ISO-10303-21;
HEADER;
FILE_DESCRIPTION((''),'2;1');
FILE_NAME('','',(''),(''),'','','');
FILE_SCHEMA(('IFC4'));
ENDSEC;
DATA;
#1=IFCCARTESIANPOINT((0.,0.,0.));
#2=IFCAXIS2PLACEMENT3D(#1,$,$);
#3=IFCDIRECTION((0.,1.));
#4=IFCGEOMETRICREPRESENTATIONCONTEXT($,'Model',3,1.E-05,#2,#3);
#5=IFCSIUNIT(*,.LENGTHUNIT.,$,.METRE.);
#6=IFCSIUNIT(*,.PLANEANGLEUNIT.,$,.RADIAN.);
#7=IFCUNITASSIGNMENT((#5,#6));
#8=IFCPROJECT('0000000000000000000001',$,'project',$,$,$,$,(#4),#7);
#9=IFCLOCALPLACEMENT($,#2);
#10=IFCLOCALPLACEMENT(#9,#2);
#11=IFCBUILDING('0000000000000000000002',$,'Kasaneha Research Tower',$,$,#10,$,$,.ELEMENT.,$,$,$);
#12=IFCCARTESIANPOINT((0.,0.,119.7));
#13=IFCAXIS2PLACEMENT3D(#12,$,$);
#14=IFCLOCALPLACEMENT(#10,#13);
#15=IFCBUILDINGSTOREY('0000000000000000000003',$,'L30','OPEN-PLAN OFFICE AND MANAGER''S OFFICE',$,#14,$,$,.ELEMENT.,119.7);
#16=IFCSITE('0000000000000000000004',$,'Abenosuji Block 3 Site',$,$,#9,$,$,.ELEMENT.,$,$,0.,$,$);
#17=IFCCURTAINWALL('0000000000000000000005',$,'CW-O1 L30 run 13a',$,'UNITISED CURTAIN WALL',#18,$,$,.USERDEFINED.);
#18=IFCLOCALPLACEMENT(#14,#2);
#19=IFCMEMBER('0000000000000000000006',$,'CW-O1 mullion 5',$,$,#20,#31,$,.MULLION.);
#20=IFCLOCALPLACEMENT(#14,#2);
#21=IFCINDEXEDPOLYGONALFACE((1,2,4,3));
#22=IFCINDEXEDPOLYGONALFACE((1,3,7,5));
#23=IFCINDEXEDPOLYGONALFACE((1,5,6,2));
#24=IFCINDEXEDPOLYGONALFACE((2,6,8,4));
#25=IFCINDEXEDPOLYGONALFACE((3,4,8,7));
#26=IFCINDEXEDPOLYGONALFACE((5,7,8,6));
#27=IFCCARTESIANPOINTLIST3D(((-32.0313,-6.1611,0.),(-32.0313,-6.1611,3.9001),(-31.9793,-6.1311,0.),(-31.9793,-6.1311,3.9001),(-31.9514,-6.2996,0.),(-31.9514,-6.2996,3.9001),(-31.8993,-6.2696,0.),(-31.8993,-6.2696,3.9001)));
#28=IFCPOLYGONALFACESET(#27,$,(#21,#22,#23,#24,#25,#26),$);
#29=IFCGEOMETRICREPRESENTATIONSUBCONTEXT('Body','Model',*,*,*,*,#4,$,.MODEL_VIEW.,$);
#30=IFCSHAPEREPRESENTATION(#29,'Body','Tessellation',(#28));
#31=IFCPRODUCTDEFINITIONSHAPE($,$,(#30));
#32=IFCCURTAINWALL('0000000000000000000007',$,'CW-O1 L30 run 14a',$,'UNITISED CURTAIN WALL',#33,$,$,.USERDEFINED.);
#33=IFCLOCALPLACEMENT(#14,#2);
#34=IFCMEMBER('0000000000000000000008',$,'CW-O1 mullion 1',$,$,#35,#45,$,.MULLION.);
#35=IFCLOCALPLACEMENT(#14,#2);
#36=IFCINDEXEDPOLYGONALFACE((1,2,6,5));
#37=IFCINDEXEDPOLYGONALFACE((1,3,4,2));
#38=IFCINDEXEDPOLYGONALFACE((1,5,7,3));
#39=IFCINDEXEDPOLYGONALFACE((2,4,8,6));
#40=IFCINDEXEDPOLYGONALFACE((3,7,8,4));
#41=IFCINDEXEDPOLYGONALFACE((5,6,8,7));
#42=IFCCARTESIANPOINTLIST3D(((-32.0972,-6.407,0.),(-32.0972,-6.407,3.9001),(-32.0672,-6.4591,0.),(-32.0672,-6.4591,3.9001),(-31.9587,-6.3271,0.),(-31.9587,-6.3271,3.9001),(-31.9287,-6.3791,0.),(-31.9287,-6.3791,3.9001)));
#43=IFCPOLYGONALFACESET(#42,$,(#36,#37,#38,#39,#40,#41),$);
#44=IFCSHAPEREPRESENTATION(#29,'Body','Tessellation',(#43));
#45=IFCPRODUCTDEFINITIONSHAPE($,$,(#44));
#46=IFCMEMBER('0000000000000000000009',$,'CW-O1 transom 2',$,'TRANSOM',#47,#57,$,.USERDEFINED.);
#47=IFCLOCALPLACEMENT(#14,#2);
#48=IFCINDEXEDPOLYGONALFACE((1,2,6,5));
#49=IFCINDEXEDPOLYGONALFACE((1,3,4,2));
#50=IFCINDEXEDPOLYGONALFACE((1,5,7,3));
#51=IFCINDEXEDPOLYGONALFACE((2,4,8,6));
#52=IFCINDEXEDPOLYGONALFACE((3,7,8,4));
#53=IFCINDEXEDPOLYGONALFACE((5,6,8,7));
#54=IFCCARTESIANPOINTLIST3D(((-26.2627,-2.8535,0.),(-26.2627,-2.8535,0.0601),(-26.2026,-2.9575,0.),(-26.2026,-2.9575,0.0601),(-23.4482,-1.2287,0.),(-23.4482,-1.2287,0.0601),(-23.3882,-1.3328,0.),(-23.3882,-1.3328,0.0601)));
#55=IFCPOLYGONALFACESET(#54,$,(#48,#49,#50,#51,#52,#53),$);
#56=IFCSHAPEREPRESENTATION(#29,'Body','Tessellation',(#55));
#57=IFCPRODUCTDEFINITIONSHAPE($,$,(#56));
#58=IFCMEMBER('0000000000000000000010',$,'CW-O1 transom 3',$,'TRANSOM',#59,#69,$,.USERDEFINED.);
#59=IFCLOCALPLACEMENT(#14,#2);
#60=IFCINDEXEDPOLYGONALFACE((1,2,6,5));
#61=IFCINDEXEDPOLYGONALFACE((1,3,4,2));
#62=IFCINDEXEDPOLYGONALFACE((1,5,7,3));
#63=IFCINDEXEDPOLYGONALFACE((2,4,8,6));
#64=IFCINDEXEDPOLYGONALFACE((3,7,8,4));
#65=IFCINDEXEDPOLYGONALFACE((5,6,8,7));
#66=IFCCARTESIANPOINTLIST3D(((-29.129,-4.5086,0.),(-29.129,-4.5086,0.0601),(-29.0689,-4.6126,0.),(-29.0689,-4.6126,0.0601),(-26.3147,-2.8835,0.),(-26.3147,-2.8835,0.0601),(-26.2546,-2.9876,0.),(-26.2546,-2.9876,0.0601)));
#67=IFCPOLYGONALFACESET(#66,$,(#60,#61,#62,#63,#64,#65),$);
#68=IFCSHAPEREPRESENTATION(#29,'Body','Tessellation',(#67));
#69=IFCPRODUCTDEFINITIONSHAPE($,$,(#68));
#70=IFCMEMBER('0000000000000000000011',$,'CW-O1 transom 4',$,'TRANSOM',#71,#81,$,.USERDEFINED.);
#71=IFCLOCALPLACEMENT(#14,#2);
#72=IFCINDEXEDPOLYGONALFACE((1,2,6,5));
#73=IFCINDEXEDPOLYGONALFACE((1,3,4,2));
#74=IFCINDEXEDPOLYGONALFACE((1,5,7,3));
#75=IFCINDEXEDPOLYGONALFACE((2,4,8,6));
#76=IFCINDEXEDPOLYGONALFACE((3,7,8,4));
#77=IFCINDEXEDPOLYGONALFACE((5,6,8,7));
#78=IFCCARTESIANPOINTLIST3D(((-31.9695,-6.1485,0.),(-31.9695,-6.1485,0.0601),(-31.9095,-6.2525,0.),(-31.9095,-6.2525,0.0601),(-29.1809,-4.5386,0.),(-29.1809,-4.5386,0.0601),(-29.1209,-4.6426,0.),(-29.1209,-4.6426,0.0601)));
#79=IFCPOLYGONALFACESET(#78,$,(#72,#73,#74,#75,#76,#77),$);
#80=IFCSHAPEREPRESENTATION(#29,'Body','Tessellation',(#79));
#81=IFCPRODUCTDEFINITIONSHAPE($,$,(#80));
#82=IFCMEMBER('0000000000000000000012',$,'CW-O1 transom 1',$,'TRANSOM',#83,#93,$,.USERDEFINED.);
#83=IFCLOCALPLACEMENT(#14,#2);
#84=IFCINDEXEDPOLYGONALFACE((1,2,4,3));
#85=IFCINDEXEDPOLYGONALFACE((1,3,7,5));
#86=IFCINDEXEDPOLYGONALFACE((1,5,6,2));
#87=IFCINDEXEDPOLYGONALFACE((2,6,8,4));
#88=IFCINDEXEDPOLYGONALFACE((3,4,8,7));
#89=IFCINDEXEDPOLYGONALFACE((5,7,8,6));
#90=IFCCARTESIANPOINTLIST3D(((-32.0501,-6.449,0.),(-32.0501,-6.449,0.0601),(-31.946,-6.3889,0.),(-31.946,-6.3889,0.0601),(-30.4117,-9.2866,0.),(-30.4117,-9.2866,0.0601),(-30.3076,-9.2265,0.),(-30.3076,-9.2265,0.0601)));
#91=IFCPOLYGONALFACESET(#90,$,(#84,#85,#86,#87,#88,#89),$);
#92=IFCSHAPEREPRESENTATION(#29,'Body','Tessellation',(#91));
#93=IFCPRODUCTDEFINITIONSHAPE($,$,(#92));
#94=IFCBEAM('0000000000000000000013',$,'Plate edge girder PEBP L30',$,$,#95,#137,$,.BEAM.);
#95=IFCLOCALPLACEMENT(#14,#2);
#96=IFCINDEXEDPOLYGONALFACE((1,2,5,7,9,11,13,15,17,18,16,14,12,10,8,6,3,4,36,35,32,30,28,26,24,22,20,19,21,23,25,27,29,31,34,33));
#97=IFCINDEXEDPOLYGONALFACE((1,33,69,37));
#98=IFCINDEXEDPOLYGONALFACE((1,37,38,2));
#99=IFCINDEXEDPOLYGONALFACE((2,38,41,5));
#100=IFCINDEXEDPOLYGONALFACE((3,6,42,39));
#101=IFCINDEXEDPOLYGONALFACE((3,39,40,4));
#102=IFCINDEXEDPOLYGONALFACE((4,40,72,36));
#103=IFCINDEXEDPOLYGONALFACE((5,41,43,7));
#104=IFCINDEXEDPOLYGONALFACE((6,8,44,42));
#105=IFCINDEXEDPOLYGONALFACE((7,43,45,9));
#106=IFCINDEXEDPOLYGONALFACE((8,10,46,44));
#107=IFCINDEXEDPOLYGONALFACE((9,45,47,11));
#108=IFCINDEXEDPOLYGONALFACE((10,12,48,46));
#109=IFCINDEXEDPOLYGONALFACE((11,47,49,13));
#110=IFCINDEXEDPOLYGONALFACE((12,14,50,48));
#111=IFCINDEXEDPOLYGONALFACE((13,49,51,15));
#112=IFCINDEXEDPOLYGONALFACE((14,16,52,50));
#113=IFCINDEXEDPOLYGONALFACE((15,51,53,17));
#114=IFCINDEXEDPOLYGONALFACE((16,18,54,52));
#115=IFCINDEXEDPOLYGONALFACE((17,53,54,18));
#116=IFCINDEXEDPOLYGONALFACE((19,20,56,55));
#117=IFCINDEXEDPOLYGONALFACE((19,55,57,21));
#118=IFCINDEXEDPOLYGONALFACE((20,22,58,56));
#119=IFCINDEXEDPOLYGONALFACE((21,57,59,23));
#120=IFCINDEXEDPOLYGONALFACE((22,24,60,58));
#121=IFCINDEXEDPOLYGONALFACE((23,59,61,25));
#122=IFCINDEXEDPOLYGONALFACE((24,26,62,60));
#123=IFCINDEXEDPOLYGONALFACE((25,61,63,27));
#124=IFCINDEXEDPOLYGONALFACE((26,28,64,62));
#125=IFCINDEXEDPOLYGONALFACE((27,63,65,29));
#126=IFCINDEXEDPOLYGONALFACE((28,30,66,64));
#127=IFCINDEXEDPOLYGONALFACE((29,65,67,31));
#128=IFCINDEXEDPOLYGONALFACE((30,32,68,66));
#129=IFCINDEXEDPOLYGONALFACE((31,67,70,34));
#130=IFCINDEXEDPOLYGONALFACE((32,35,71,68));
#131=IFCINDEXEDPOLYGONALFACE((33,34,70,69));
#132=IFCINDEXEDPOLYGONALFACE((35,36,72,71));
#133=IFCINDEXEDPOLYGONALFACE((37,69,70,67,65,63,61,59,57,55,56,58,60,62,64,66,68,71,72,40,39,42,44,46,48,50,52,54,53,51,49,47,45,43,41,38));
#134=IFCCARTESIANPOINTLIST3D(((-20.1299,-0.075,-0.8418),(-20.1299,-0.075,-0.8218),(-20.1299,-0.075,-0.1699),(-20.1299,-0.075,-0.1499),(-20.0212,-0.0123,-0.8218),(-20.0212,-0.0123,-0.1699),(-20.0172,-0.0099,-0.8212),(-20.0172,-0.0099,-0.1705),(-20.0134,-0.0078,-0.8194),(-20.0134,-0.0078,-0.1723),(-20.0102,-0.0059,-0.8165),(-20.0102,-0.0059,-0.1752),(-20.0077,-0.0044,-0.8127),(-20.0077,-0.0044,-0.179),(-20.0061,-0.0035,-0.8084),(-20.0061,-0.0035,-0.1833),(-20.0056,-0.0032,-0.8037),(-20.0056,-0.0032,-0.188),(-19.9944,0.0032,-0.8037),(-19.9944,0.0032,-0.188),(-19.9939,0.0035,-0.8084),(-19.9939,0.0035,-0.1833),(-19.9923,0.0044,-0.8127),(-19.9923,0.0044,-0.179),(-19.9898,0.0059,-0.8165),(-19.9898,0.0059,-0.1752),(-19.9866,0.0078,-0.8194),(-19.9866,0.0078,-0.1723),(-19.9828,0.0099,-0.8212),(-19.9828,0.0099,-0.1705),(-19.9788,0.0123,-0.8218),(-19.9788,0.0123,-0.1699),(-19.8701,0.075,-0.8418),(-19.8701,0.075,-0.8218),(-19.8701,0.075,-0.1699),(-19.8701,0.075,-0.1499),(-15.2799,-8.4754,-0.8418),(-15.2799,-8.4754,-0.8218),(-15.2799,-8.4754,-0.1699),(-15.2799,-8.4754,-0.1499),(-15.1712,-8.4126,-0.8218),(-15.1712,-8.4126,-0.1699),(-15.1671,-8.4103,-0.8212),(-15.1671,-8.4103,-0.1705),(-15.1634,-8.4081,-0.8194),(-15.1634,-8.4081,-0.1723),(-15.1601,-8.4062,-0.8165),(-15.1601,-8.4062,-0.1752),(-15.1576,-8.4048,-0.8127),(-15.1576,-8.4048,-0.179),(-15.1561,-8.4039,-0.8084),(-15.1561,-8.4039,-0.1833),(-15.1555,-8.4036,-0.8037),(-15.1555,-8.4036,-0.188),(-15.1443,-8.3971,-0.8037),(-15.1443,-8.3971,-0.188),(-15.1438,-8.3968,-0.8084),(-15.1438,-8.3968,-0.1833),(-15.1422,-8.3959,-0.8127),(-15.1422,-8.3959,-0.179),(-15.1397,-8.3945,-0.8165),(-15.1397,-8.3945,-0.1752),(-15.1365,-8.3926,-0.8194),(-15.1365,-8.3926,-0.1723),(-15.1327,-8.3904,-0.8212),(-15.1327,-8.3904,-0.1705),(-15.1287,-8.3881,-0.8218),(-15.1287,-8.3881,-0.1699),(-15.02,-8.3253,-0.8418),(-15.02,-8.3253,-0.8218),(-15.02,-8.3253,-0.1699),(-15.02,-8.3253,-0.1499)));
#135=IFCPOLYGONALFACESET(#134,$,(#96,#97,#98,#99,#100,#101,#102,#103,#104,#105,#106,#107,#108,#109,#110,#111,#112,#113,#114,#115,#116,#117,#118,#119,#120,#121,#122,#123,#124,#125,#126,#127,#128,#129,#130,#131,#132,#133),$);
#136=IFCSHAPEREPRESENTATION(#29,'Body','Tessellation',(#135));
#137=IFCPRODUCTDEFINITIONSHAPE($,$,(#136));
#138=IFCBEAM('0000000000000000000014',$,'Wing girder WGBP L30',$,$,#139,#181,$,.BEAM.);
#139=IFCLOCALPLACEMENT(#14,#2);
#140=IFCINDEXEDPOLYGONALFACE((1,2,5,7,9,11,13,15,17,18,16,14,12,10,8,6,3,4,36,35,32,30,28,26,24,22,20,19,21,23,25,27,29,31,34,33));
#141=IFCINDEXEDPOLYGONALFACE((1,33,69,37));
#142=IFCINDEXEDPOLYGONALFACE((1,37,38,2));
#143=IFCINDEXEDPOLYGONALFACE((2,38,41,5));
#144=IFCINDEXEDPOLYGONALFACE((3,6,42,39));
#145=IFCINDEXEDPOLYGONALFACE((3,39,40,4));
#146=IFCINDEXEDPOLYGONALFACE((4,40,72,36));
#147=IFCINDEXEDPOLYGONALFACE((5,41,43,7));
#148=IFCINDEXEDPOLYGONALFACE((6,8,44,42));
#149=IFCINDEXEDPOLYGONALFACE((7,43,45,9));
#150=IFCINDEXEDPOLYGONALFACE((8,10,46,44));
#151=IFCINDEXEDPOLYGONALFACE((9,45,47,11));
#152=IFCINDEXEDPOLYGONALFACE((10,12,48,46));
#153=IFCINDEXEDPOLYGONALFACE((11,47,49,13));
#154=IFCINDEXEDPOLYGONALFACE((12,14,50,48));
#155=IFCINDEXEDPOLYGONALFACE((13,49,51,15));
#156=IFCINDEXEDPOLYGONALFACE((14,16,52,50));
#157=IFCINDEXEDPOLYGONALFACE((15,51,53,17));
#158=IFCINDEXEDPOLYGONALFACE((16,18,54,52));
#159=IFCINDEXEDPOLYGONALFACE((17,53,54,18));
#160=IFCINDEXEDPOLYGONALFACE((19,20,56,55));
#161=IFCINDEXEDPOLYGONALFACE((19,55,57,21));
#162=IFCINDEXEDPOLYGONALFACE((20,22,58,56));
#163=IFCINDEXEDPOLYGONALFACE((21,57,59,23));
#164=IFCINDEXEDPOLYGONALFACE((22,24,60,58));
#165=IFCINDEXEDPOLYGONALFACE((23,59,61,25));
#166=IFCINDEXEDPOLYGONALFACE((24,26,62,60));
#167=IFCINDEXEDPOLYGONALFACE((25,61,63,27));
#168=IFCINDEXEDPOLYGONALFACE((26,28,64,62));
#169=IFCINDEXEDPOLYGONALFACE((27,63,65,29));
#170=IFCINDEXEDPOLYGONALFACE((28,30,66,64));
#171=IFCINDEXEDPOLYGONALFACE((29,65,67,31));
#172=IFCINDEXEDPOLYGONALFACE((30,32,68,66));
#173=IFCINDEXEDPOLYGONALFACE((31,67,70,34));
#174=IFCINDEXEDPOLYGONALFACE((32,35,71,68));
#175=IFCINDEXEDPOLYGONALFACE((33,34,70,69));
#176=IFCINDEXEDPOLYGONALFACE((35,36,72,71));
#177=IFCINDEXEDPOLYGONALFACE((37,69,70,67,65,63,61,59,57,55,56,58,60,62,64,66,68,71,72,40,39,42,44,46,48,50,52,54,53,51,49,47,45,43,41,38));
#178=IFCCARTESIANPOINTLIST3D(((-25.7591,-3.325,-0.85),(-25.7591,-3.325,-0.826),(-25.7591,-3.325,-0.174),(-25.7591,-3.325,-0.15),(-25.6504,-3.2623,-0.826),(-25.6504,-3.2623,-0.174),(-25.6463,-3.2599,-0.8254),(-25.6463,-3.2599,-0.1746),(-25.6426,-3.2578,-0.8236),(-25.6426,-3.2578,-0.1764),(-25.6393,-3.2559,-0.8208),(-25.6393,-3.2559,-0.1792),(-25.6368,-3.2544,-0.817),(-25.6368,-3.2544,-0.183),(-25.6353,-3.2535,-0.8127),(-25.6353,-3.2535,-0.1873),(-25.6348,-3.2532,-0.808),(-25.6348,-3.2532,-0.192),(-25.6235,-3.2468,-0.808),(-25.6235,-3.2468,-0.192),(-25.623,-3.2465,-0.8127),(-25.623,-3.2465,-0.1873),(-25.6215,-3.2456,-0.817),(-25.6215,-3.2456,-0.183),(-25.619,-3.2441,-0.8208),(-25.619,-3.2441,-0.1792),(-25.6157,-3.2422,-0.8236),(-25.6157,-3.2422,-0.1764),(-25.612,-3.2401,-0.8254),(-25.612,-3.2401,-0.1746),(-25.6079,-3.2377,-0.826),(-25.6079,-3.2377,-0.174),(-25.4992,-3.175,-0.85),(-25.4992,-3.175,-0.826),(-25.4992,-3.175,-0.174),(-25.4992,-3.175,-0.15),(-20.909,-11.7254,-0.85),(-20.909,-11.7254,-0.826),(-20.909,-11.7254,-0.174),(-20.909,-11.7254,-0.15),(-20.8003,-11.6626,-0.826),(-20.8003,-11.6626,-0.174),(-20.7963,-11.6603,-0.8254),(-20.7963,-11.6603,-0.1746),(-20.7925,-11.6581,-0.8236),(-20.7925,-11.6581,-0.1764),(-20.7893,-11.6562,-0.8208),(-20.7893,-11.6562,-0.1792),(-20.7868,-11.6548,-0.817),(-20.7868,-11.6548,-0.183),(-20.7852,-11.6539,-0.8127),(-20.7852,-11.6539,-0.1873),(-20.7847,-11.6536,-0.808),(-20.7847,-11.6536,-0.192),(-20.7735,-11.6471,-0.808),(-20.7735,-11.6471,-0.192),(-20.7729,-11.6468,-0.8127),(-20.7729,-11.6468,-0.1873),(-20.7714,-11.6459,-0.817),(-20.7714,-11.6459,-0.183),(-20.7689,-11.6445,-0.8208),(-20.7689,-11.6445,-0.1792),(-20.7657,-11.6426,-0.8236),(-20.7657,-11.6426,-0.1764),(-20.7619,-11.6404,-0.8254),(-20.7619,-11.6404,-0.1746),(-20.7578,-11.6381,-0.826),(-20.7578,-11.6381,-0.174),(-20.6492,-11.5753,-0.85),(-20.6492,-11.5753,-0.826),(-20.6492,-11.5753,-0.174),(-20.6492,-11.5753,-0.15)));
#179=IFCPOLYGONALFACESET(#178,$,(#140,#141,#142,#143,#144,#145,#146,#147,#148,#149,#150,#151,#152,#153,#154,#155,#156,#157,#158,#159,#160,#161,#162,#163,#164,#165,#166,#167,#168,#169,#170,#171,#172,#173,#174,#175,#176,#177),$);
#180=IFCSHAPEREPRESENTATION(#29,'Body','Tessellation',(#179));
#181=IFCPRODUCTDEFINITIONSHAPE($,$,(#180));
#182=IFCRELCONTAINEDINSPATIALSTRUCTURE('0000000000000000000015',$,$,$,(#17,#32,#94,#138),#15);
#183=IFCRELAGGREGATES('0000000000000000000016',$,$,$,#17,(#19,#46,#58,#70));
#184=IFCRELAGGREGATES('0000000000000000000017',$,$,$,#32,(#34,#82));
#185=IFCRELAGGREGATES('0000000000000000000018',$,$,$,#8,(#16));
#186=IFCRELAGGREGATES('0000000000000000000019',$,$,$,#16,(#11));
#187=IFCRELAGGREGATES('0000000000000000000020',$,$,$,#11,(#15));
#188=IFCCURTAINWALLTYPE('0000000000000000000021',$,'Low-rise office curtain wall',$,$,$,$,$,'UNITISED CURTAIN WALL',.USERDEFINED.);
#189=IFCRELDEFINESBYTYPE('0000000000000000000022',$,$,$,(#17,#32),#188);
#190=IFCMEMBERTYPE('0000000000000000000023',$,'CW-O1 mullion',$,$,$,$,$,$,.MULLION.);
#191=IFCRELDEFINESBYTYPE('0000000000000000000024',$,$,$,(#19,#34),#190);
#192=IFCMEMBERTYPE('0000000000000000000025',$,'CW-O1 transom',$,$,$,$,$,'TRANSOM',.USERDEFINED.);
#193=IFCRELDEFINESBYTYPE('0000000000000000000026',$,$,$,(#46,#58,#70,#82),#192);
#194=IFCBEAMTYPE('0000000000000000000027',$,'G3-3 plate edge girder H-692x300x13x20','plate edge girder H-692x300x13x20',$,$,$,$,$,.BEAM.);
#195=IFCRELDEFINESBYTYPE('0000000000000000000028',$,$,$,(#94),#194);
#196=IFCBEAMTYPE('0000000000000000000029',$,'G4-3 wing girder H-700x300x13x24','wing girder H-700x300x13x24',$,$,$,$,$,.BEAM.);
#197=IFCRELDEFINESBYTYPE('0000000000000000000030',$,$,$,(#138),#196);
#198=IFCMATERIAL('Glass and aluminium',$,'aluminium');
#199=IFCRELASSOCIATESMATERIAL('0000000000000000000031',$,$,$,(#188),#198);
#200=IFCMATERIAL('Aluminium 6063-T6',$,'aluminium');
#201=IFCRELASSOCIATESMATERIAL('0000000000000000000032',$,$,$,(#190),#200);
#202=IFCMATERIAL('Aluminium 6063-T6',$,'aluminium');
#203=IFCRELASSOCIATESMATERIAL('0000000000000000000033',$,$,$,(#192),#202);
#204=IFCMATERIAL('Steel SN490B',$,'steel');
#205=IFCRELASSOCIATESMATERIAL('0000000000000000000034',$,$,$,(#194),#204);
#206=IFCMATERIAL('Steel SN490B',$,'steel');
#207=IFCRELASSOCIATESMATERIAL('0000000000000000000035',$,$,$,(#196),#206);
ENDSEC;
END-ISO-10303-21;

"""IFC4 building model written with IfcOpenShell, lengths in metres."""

from ifc_helpers import new_model, si_unit, direction, frame, origin, origin_2d, place, context, subcontext, project, spatial, rectangle, i_section, extrude, material, material_profile, profile_set, type_object, element, aggregate, save


model = new_model("IFC4")

# Units and contexts
model_context = context("Model", 3, precision=1e-05, world=origin(), true_north=direction((0.0, 1.0)))
body_context = subcontext(model_context, "Body", "Model", "MODEL_VIEW")
ifc_project = project(units=[si_unit("LENGTHUNIT", "METRE"), si_unit("PLANEANGLEUNIT", "RADIAN")], contexts=[model_context])

# Site, building, storey
site_placement = place(None, origin())
site = spatial("IfcSite", under=ifc_project, at=site_placement, Name="Abenosuji Block 3 Site", CompositionType="ELEMENT", RefElevation=0.0)
building_placement = place(site_placement, origin())
building = spatial("IfcBuilding", under=site, at=building_placement, Name="Kasaneha Research Tower", CompositionType="ELEMENT")
storey_placement = place(building_placement, frame((0.0, 0.0, 119.7)))
storey = spatial("IfcBuildingStorey", under=building, at=storey_placement, Name="L30", Description="OPEN-PLAN OFFICE AND MANAGER'S OFFICE", CompositionType="ELEMENT", Elevation=119.7)

# Curtain wall, member
ifc_material_1 = material(Name="Glass and aluminium", Category="aluminium")
curtain_wall_type = type_object("IfcCurtainWallType", Name="Low-rise office curtain wall", ElementType="UNITISED CURTAIN WALL", PredefinedType="USERDEFINED", material=ifc_material_1)
curtain_wall_1_placement = place(storey_placement, origin())
curtain_wall_1 = element("IfcCurtainWall", 1, at=curtain_wall_1_placement, inside=storey, type_object=curtain_wall_type, Name="CW-O1 L30 run 13a", ObjectType="UNITISED CURTAIN WALL", PredefinedType="USERDEFINED")
ifc_material_2 = material(Name="Aluminium 6063-T6", Category="aluminium")
ifc_material_profile_1 = material_profile(ifc_material_2, rectangle(XDim=0.0601, YDim=0.1599, at=origin_2d()), Name="CW-O1 mullion 60x160")
ifc_profile_set_1 = profile_set([ifc_material_profile_1], Name="Aluminium 6063-T6")
member_type_1 = type_object("IfcMemberType", Name="CW-O1 mullion", PredefinedType="MULLION", material=ifc_profile_set_1)
member_1_placement = place(storey_placement, frame((-31.9653, -6.2153, 0.0), z_axis=(0.0, 0.0, 1.0), x_axis=(-0.866025, -0.5, 0.0)))
member_1 = element("IfcMember", 2, at=member_1_placement, type_object=member_type_1, Name="CW-O1 mullion 5", PredefinedType="MULLION", context=body_context, shape_type="SweptSolid", body=[
    extrude(rectangle(XDim=0.0601, YDim=0.1599, at=origin_2d()), origin(), (0.0, 0.0, 1.0), 3.9001),
])

# Curtain wall, member
curtain_wall_2_placement = place(storey_placement, origin())
curtain_wall_2 = element("IfcCurtainWall", 3, at=curtain_wall_2_placement, inside=storey, type_object=curtain_wall_type, Name="CW-O1 L30 run 14a", ObjectType="UNITISED CURTAIN WALL", PredefinedType="USERDEFINED")
member_2_placement = place(storey_placement, frame((-32.0129, -6.3931, 0.0), z_axis=(0.0, 0.0, 1.0), x_axis=(0.5, -0.866025, 0.0)))
member_2 = element("IfcMember", 4, at=member_2_placement, type_object=member_type_1, Name="CW-O1 mullion 1", PredefinedType="MULLION", context=body_context, shape_type="SweptSolid", body=[
    extrude(rectangle(XDim=0.0601, YDim=0.1599, at=origin_2d()), origin(), (0.0, 0.0, 1.0), 3.9001),
])

# Members
ifc_material_3 = material(Name="Aluminium 6063-T6", Category="aluminium")
ifc_material_profile_2 = material_profile(ifc_material_3, rectangle(XDim=0.1201, YDim=0.0601, at=origin_2d()), Name="CW-O1 transom 120x60")
ifc_profile_set_2 = profile_set([ifc_material_profile_2], Name="Aluminium 6063-T6")
member_type_2 = type_object("IfcMemberType", Name="CW-O1 transom", ElementType="TRANSOM", PredefinedType="USERDEFINED", material=ifc_profile_set_2)
member_3_placement = place(storey_placement, frame((-23.4182, -1.2808, 0.03), z_axis=(-0.866048, -0.499961, 0.0), x_axis=(0.499961, -0.866048, 0.0)))
member_3 = element("IfcMember", 5, at=member_3_placement, type_object=member_type_2, Name="CW-O1 transom 2", ObjectType="TRANSOM", PredefinedType="USERDEFINED", context=body_context, shape_type="SweptSolid", body=[
    extrude(rectangle(XDim=0.1201, YDim=0.0601, at=origin_2d()), origin(), (0.0, 0.0, 1.0), 3.2498),
])
member_4_placement = place(storey_placement, frame((-26.2847, -2.9355, 0.03), z_axis=(-0.865997, -0.50005, 0.0), x_axis=(0.50005, -0.865997, 0.0)))
member_4 = element("IfcMember", 6, at=member_4_placement, type_object=member_type_2, Name="CW-O1 transom 3", ObjectType="TRANSOM", PredefinedType="USERDEFINED", context=body_context, shape_type="SweptSolid", body=[
    extrude(rectangle(XDim=0.1201, YDim=0.0601, at=origin_2d()), origin(), (0.0, 0.0, 1.0), 3.2498),
])
member_5_placement = place(storey_placement, frame((-29.1509, -4.5906, 0.03), z_axis=(-0.866042, -0.499972, 0.0), x_axis=(0.499972, -0.866042, 0.0)))
member_5 = element("IfcMember", 7, at=member_5_placement, type_object=member_type_2, Name="CW-O1 transom 4", ObjectType="TRANSOM", PredefinedType="USERDEFINED", context=body_context, shape_type="SweptSolid", body=[
    extrude(rectangle(XDim=0.1201, YDim=0.0601, at=origin_2d()), origin(), (0.0, 0.0, 1.0), 3.22),
])
member_6_placement = place(storey_placement, frame((-31.998, -6.4189, 0.03), z_axis=(0.500026, -0.866011, 0.0), x_axis=(0.866011, 0.500026, 0.0)))
member_6 = element("IfcMember", 8, at=member_6_placement, type_object=member_type_2, Name="CW-O1 transom 1", ObjectType="TRANSOM", PredefinedType="USERDEFINED", context=body_context, shape_type="SweptSolid", body=[
    extrude(rectangle(XDim=0.1201, YDim=0.0601, at=origin_2d()), origin(), (0.0, 0.0, 1.0), 3.2766),
])

# Beams
ifc_material_4 = material(Name="Steel SN490B", Category="steel")
ifc_material_profile_3 = material_profile(ifc_material_4, i_section(OverallWidth=0.3, OverallDepth=0.6919, WebThickness=0.0129, FlangeThickness=0.02, FilletRadius=0.0181, at=origin_2d()), Name="H-692x300x13x20")
ifc_profile_set_3 = profile_set([ifc_material_profile_3], Name="Steel SN490B")
beam_type_1 = type_object("IfcBeamType", Name="G3-3 plate edge girder H-692x300x13x20", Description="plate edge girder H-692x300x13x20", PredefinedType="BEAM", material=ifc_profile_set_3)
beam_1_placement = place(storey_placement, frame((-20.0, 0.0, -0.4958), z_axis=(0.50001, -0.86602, 0.0), x_axis=(0.86602, 0.50001, 0.0)))
element("IfcBeam", 9, at=beam_1_placement, inside=storey, type_object=beam_type_1, Name="Plate edge girder PEBP L30", PredefinedType="BEAM", context=body_context, shape_type="SweptSolid", body=[
    extrude(i_section(OverallWidth=0.3, OverallDepth=0.6919, WebThickness=0.0129, FlangeThickness=0.02, FilletRadius=0.0181, at=origin_2d()), origin(), (0.0, 0.0, 1.0), 9.7),
])
ifc_material_5 = material(Name="Steel SN490B", Category="steel")
ifc_material_profile_4 = material_profile(ifc_material_5, i_section(OverallWidth=0.3, OverallDepth=0.7, WebThickness=0.0129, FlangeThickness=0.0239, FilletRadius=0.0181, at=origin_2d()), Name="H-700x300x13x24")
ifc_profile_set_4 = profile_set([ifc_material_profile_4], Name="Steel SN490B")
beam_type_2 = type_object("IfcBeamType", Name="G4-3 wing girder H-700x300x13x24", Description="wing girder H-700x300x13x24", PredefinedType="BEAM", material=ifc_profile_set_4)
beam_2_placement = place(storey_placement, frame((-25.6292, -3.25, -0.5), z_axis=(0.50001, -0.86602, 0.0), x_axis=(0.86602, 0.50001, 0.0)))
element("IfcBeam", 10, at=beam_2_placement, inside=storey, type_object=beam_type_2, Name="Wing girder WGBP L30", PredefinedType="BEAM", context=body_context, shape_type="SweptSolid", body=[
    extrude(i_section(OverallWidth=0.3, OverallDepth=0.7, WebThickness=0.0129, FlangeThickness=0.0239, FilletRadius=0.0181, at=origin_2d()), origin(), (0.0, 0.0, 1.0), 9.7),
])

aggregate(curtain_wall_1, [member_1, member_3, member_4, member_5])
aggregate(curtain_wall_2, [member_2, member_6])

save(model, "model.ifc")
